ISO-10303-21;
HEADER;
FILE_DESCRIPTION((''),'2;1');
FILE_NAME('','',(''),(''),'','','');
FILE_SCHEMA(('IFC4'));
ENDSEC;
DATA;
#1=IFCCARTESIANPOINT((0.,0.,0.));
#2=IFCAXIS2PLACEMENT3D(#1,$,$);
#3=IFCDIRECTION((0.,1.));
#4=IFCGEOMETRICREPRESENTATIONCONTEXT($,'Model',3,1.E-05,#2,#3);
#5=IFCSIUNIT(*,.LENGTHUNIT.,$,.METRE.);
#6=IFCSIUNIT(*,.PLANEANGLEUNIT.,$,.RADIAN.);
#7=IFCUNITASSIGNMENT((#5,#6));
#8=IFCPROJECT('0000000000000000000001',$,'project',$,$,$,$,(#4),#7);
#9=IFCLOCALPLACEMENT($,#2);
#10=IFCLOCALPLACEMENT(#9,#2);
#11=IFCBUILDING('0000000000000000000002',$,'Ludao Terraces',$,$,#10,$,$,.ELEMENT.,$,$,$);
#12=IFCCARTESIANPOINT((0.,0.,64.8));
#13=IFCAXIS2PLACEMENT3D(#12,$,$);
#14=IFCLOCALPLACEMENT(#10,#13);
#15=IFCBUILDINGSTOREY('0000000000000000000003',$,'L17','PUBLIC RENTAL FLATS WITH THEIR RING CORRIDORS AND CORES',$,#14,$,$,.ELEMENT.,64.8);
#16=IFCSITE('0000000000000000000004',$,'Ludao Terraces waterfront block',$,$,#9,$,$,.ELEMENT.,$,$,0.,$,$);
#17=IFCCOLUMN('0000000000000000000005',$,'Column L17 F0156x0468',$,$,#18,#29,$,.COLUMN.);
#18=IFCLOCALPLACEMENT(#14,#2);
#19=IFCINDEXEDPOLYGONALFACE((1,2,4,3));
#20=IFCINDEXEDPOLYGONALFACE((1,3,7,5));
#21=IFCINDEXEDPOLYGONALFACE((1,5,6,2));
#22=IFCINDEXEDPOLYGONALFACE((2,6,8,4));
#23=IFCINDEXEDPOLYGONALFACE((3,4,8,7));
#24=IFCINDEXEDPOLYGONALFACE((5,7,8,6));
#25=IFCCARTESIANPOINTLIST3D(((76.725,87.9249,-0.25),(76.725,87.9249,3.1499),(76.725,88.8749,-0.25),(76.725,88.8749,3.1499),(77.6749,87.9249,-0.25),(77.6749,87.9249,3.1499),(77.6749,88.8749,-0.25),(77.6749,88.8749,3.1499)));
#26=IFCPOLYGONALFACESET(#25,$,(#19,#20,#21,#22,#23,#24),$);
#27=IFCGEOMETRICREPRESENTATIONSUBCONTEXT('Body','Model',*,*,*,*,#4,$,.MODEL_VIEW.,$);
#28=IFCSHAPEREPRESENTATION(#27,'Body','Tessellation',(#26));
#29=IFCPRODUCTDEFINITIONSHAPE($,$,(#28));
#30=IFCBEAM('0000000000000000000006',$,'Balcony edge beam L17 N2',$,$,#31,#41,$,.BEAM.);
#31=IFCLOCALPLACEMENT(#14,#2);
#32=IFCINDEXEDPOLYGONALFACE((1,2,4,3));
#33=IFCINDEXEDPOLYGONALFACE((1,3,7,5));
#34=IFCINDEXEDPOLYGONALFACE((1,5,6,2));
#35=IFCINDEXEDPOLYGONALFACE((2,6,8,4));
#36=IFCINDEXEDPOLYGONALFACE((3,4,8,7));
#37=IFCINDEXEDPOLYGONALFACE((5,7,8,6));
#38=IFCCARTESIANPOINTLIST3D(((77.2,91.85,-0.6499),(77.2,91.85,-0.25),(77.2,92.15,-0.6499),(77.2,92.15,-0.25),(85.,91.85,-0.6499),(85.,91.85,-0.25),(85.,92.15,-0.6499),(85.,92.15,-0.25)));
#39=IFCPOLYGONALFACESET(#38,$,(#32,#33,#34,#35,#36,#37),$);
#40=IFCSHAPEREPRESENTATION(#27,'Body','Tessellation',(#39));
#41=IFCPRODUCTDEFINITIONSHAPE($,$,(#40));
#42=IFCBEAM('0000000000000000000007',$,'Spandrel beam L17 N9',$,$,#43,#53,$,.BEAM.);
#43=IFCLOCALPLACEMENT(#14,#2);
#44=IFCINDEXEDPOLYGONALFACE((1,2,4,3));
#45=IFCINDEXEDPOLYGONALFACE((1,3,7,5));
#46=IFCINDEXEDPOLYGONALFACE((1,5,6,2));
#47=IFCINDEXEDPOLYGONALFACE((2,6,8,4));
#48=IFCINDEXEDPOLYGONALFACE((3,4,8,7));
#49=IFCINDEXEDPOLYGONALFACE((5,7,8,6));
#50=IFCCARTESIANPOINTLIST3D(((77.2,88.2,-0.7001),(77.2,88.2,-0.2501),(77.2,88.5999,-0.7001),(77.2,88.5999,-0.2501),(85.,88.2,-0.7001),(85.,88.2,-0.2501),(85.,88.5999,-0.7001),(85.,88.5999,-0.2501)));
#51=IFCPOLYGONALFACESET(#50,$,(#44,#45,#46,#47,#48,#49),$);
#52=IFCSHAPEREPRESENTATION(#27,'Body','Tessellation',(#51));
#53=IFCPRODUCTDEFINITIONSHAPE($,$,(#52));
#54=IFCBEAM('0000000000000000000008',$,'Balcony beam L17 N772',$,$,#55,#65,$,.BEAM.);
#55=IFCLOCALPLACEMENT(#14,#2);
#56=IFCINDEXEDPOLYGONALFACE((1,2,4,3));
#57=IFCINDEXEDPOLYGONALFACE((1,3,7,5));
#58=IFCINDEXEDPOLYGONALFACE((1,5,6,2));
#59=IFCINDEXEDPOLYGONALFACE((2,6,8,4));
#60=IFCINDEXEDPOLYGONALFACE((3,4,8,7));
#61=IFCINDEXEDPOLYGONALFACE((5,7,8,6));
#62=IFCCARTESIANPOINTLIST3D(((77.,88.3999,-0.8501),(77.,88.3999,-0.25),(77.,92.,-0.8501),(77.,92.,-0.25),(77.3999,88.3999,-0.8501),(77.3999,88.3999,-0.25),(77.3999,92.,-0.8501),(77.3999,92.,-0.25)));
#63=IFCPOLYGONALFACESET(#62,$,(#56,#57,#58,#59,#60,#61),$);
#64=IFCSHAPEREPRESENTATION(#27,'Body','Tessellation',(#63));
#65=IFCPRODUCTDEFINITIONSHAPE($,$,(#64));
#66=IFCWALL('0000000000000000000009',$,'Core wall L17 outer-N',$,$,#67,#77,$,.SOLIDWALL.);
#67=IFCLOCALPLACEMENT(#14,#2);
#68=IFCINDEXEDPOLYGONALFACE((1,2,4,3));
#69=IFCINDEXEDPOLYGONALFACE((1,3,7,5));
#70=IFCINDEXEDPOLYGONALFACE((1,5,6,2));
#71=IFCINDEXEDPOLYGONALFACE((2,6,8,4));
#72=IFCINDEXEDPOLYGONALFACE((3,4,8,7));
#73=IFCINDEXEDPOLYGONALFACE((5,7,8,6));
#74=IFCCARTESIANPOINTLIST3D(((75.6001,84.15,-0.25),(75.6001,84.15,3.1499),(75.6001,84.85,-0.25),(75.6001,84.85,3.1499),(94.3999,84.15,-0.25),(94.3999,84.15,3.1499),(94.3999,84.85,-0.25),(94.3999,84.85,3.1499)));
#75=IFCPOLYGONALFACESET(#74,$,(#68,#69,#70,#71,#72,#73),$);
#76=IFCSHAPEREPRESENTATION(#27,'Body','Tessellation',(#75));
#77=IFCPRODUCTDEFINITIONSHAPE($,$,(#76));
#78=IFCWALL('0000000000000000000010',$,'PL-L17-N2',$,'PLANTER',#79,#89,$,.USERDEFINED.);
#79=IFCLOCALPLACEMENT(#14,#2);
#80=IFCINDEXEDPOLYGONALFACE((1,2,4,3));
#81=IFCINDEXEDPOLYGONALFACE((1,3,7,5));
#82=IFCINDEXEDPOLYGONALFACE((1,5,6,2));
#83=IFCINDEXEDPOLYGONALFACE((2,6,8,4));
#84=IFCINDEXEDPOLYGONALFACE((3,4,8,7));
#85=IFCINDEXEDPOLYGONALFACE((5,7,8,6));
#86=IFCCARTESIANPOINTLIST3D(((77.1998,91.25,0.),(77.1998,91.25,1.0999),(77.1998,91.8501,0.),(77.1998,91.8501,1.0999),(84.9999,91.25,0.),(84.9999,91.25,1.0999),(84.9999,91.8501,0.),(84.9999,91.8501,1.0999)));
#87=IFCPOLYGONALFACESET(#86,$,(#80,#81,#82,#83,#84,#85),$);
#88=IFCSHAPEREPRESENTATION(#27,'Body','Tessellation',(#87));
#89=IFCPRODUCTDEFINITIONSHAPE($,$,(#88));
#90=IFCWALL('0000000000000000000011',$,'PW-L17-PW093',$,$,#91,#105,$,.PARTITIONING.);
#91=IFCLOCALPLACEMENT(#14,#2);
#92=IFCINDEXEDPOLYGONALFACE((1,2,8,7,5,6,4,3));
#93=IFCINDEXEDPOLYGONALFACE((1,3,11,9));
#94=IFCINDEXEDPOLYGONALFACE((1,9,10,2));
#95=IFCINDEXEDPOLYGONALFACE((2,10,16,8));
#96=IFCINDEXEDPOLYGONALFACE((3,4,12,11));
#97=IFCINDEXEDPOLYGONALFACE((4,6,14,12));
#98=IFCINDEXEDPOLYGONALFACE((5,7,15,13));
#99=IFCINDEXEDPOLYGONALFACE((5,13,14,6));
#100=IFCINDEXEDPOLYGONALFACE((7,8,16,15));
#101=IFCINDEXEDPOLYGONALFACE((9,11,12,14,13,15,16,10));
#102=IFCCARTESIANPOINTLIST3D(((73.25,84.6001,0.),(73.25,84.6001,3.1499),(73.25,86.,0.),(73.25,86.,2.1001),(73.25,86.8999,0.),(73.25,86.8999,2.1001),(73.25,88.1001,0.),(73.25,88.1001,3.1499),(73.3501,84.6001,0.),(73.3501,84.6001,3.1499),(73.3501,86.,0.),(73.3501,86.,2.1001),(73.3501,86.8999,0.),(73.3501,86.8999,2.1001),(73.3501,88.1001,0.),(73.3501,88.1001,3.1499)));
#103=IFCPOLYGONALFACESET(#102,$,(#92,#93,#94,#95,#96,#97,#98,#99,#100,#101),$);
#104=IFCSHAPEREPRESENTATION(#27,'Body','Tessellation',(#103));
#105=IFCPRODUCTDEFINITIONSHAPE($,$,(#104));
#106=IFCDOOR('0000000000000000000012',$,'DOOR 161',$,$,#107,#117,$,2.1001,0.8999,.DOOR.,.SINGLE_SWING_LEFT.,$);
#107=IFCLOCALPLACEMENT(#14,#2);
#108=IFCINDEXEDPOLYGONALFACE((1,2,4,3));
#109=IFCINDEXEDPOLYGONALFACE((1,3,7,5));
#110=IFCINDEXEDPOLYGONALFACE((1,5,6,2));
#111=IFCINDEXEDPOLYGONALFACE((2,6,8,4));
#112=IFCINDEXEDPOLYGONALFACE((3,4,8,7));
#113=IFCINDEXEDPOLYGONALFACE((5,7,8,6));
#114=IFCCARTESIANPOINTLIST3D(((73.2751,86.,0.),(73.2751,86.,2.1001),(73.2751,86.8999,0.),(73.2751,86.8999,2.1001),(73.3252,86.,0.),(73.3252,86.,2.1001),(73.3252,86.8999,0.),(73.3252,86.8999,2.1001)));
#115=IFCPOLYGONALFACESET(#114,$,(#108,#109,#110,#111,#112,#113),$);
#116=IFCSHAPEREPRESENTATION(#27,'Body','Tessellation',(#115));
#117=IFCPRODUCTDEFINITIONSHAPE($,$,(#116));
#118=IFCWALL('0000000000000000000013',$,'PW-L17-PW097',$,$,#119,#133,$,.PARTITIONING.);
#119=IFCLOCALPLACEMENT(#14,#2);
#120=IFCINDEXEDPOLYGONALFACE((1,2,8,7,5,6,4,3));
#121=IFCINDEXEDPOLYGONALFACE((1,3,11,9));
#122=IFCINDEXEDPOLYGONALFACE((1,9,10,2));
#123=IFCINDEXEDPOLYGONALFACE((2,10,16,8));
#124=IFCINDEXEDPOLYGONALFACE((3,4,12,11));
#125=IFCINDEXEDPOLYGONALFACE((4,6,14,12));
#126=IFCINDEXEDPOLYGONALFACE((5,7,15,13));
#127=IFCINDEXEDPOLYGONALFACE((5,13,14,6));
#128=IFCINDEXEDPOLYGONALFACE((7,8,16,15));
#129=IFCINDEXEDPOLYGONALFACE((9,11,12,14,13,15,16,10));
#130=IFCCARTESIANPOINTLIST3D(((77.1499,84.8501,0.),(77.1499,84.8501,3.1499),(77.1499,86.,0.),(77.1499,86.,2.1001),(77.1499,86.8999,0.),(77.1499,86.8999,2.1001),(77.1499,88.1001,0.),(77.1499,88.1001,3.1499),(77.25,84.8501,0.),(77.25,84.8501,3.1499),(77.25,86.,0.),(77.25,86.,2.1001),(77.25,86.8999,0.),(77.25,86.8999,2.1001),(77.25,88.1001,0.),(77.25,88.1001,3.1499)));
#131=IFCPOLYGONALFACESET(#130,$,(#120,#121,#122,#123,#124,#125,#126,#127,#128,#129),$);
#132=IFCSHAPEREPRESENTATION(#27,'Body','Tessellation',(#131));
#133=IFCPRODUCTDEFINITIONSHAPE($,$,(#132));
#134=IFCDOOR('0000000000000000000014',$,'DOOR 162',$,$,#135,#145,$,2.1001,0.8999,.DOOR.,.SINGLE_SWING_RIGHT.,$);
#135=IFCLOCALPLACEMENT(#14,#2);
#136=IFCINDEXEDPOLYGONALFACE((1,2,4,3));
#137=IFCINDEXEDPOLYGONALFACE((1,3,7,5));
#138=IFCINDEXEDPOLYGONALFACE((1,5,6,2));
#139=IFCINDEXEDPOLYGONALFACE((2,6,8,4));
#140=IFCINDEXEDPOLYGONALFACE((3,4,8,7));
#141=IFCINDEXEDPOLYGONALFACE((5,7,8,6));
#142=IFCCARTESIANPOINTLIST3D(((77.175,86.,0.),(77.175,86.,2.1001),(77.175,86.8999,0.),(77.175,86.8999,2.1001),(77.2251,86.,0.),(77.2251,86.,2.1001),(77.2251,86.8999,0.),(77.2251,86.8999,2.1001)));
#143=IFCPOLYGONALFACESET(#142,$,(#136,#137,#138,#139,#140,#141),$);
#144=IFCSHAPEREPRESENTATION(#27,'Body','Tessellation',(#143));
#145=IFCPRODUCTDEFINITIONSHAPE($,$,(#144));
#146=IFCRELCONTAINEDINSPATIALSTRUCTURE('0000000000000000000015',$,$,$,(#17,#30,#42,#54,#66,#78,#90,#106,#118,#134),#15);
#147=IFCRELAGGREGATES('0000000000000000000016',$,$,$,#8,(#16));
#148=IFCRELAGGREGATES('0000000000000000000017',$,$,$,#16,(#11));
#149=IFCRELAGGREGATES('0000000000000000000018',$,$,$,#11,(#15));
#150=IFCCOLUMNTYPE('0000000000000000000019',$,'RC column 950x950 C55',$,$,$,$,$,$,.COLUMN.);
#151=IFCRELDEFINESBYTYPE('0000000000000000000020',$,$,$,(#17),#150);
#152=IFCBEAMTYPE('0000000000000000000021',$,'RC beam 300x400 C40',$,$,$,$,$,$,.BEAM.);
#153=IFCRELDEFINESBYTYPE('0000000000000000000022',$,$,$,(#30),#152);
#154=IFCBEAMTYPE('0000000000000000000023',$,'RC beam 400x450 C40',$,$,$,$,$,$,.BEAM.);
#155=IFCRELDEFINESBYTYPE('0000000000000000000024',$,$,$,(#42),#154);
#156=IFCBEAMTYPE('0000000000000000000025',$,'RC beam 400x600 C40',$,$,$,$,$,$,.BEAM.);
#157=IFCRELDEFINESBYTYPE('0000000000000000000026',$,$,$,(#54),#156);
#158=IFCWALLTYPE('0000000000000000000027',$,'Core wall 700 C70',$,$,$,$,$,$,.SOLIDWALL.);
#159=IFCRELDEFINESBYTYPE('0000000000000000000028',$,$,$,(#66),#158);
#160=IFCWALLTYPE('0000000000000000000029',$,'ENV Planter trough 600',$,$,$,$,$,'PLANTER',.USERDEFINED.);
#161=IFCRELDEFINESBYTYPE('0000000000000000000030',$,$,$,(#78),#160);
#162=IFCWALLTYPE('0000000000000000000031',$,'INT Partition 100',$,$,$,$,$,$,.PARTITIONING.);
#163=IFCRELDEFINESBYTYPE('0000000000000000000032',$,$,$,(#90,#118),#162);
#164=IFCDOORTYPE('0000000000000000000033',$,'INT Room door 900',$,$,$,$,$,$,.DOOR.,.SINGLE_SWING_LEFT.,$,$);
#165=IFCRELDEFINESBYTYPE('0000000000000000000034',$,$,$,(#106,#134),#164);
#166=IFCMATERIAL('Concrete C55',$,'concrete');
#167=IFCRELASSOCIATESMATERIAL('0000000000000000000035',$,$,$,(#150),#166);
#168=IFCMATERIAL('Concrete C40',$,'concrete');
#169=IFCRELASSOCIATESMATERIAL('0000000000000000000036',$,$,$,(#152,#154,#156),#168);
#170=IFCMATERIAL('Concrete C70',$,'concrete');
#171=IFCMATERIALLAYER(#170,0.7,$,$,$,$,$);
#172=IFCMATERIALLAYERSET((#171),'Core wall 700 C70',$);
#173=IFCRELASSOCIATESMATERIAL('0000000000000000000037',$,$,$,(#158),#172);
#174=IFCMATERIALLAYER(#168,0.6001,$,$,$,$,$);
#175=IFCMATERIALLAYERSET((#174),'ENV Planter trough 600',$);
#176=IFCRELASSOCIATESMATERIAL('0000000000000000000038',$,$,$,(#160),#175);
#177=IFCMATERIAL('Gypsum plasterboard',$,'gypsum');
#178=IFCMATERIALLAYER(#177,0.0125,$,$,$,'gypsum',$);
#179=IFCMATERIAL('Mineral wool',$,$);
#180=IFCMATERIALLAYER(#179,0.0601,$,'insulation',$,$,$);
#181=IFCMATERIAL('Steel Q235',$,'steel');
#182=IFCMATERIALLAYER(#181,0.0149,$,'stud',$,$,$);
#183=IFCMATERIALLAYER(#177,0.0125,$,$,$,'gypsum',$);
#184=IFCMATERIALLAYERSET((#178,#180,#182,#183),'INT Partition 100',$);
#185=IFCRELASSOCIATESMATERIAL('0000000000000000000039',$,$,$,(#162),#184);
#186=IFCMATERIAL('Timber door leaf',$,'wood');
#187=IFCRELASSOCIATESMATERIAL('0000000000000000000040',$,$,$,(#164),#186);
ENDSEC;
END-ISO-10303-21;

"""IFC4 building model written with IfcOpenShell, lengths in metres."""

from ifc_helpers import new_model, si_unit, direction, frame, frame_2d, origin, origin_2d, place, context, subcontext, project, spatial, rectangle, extrude, material, layer, layer_set, material_profile, profile_set, type_object, element, fill, save


model = new_model("IFC4")

# Units and contexts
model_context = context("Model", 3, precision=1e-05, world=origin(), true_north=direction((0.0, 1.0)))
body_context = subcontext(model_context, "Body", "Model", "MODEL_VIEW")
ifc_project = project(units=[si_unit("LENGTHUNIT", "METRE"), si_unit("PLANEANGLEUNIT", "RADIAN")], contexts=[model_context])

# Site, building, storey
site_placement = place(None, origin())
site = spatial("IfcSite", under=ifc_project, at=site_placement, Name="Ludao Terraces waterfront block", CompositionType="ELEMENT", RefElevation=0.0)
building_placement = place(site_placement, origin())
building = spatial("IfcBuilding", under=site, at=building_placement, Name="Ludao Terraces", CompositionType="ELEMENT")
storey_placement = place(building_placement, frame((0.0, 0.0, 64.8)))
storey = spatial("IfcBuildingStorey", under=building, at=storey_placement, Name="L17", Description="PUBLIC RENTAL FLATS WITH THEIR RING CORRIDORS AND CORES", CompositionType="ELEMENT", Elevation=64.8)

# Column
ifc_material_1 = material(Name="Concrete C55", Category="concrete")
ifc_material_profile_1 = material_profile(ifc_material_1, rectangle(XDim=0.95, YDim=0.95, at=origin_2d()), Name="950 X 950")
ifc_profile_set_1 = profile_set([ifc_material_profile_1], Name="Concrete C55")
column_type = type_object("IfcColumnType", Name="RC column 950x950 C55", PredefinedType="COLUMN", material=ifc_profile_set_1)
column_placement = place(storey_placement, frame((77.2, 88.3999, -0.25), z_axis=(0.0, 0.0, 1.0), x_axis=(1.0, 0.0, 0.0)))
element("IfcColumn", 1, at=column_placement, inside=storey, type_object=column_type, Name="Column L17 F0156x0468", PredefinedType="COLUMN", context=body_context, shape_type="SweptSolid", body=[
    extrude(rectangle(XDim=0.95, YDim=0.95, at=origin_2d()), origin(), (0.0, 0.0, 1.0), 3.3999),
])

# Beams
ifc_material_2 = material(Name="Concrete C40", Category="concrete")
ifc_material_profile_2 = material_profile(ifc_material_2, rectangle(XDim=0.3, YDim=0.3999, at=origin_2d()), Name="300 X 400")
ifc_profile_set_2 = profile_set([ifc_material_profile_2], Name="Concrete C40")
beam_type_1 = type_object("IfcBeamType", Name="RC beam 300x400 C40", PredefinedType="BEAM", material=ifc_profile_set_2)
beam_1_placement = place(storey_placement, frame((77.2, 92.0, -0.45), z_axis=(1.0, 0.0, 0.0), x_axis=(0.0, 1.0, 0.0)))
element("IfcBeam", 2, at=beam_1_placement, inside=storey, type_object=beam_type_1, Name="Balcony edge beam L17 N2", PredefinedType="BEAM", context=body_context, shape_type="SweptSolid", body=[
    extrude(rectangle(XDim=0.3, YDim=0.3999, at=origin_2d()), origin(), (0.0, 0.0, 1.0), 7.8),
])
ifc_material_profile_3 = material_profile(ifc_material_2, rectangle(XDim=0.3999, YDim=0.45, at=origin_2d()), Name="400 X 450")
ifc_profile_set_3 = profile_set([ifc_material_profile_3], Name="Concrete C40")
beam_type_2 = type_object("IfcBeamType", Name="RC beam 400x450 C40", PredefinedType="BEAM", material=ifc_profile_set_3)
beam_2_placement = place(storey_placement, frame((77.2, 88.3999, -0.4751), z_axis=(1.0, 0.0, 0.0), x_axis=(0.0, 1.0, 0.0)))
element("IfcBeam", 3, at=beam_2_placement, inside=storey, type_object=beam_type_2, Name="Spandrel beam L17 N9", PredefinedType="BEAM", context=body_context, shape_type="SweptSolid", body=[
    extrude(rectangle(XDim=0.3999, YDim=0.45, at=origin_2d()), origin(), (0.0, 0.0, 1.0), 7.8),
])
ifc_material_profile_4 = material_profile(ifc_material_2, rectangle(XDim=0.3999, YDim=0.6001, at=origin_2d()), Name="400 X 600")
ifc_profile_set_4 = profile_set([ifc_material_profile_4], Name="Concrete C40")
beam_type_3 = type_object("IfcBeamType", Name="RC beam 400x600 C40", PredefinedType="BEAM", material=ifc_profile_set_4)
beam_3_placement = place(storey_placement, frame((77.2, 88.3999, -0.55), z_axis=(0.0, 1.0, 0.0), x_axis=(-1.0, 0.0, 0.0)))
element("IfcBeam", 4, at=beam_3_placement, inside=storey, type_object=beam_type_3, Name="Balcony beam L17 N772", PredefinedType="BEAM", context=body_context, shape_type="SweptSolid", body=[
    extrude(rectangle(XDim=0.3999, YDim=0.6001, at=origin_2d()), origin(), (0.0, 0.0, 1.0), 3.6001),
])

# Walls
ifc_material_3 = material(Name="Concrete C70", Category="concrete")
ifc_layer_1 = layer(ifc_material_3, 0.7)
ifc_layer_set_1 = layer_set([ifc_layer_1], Name="Core wall 700 C70")
wall_type_1 = type_object("IfcWallType", Name="Core wall 700 C70", PredefinedType="SOLIDWALL", material=ifc_layer_set_1)
wall_1_placement = place(storey_placement, frame((75.6001, 84.5, -0.25), z_axis=(0.0, 0.0, 1.0), x_axis=(1.0, 0.0, 0.0)))
element("IfcWall", 5, at=wall_1_placement, inside=storey, type_object=wall_type_1, Name="Core wall L17 outer-N", PredefinedType="SOLIDWALL", context=body_context, shape_type="SweptSolid", body=[
    extrude(rectangle(XDim=18.7998, YDim=0.7, at=frame_2d((9.3999, 0.0))), origin(), (0.0, 0.0, 1.0), 3.3999),
])
ifc_layer_2 = layer(ifc_material_2, 0.6001)
ifc_layer_set_2 = layer_set([ifc_layer_2], Name="ENV Planter trough 600")
wall_type_2 = type_object("IfcWallType", Name="ENV Planter trough 600", ElementType="PLANTER", PredefinedType="USERDEFINED", material=ifc_layer_set_2)
wall_2_placement = place(storey_placement, frame((77.2, 91.55, 0.0), z_axis=(0.0, 0.0, 1.0), x_axis=(1.0, 0.0, 0.0)))
element("IfcWall", 6, at=wall_2_placement, inside=storey, type_object=wall_type_2, Name="PL-L17-N2", ObjectType="PLANTER", PredefinedType="USERDEFINED", context=body_context, shape_type="SweptSolid", body=[
    extrude(rectangle(XDim=7.8, YDim=0.6001, at=frame_2d((3.8999, 0.0))), origin(), (0.0, 0.0, 1.0), 1.0999),
])

# Shared definitions
ifc_material_4 = material(Name="Mineral wool")

# Walls, openings, doors
ifc_material_5 = material(Name="Gypsum plasterboard", Category="gypsum")
ifc_layer_3 = layer(ifc_material_5, 0.0125, Category="gypsum")
ifc_layer_4 = layer(ifc_material_4, 0.0601, Name="insulation")
ifc_material_6 = material(Name="Steel Q235", Category="steel")
ifc_layer_5 = layer(ifc_material_6, 0.0149, Name="stud")
ifc_layer_6 = layer(ifc_material_5, 0.0125, Category="gypsum")
ifc_layer_set_3 = layer_set([ifc_layer_3, ifc_layer_4, ifc_layer_5, ifc_layer_6], Name="INT Partition 100")
wall_type_3 = type_object("IfcWallType", Name="INT Partition 100", PredefinedType="PARTITIONING", material=ifc_layer_set_3)
wall_3_placement = place(storey_placement, frame((73.3, 84.6001, 0.0), z_axis=(0.0, 0.0, 1.0), x_axis=(0.0, 1.0, 0.0)))
wall_3 = element("IfcWall", 7, at=wall_3_placement, inside=storey, type_object=wall_type_3, Name="PW-L17-PW093", PredefinedType="PARTITIONING", context=body_context, shape_type="SweptSolid", body=[
    extrude(rectangle(XDim=3.5, YDim=0.1001, at=frame_2d((1.75, 0.0))), origin(), (0.0, 0.0, 1.0), 3.1499),
])
opening_1_placement = place(wall_3_placement, frame((1.3999, 0.0, 0.0)))
opening_1 = element("IfcOpeningElement", 8, at=opening_1_placement, cuts=wall_3, PredefinedType="OPENING", context=body_context, shape_type="SweptSolid", body=[
    extrude(rectangle(XDim=0.8999, YDim=2.1001, at=frame_2d((0.45, 1.05))), frame((0.0, 0.0601, 0.0), z_axis=(0.0, -1.0, 0.0), x_axis=(1.0, 0.0, 0.0)), (0.0, 0.0, 1.0), 0.1201),
])
ifc_material_7 = material(Name="Timber door leaf", Category="wood")
door_type_1 = type_object("IfcDoorType", Name="INT Room door 900", OperationType="SINGLE_SWING_LEFT", PredefinedType="DOOR", material=ifc_material_7)
door_1_placement = place(opening_1_placement, origin())
door_1 = element("IfcDoor", 9, at=door_1_placement, inside=storey, type_object=door_type_1, Name="DOOR 161", OperationType="SINGLE_SWING_LEFT", OverallHeight=2.1001, OverallWidth=0.8999, PredefinedType="DOOR", context=body_context, shape_type="SweptSolid", body=[
    extrude(rectangle(XDim=0.8999, YDim=2.1001, at=frame_2d((0.45, 1.05))), frame((0.0, 0.0249, 0.0), z_axis=(0.0, -1.0, 0.0), x_axis=(1.0, 0.0, 0.0)), (0.0, 0.0, 1.0), 0.05),
])
fill(opening_1, door_1)
wall_4_placement = place(storey_placement, frame((77.2, 84.8501, 0.0), z_axis=(0.0, 0.0, 1.0), x_axis=(0.0, 1.0, 0.0)))
wall_4 = element("IfcWall", 10, at=wall_4_placement, inside=storey, type_object=wall_type_3, Name="PW-L17-PW097", PredefinedType="PARTITIONING", context=body_context, shape_type="SweptSolid", body=[
    extrude(rectangle(XDim=3.25, YDim=0.1001, at=frame_2d((1.625, 0.0))), origin(), (0.0, 0.0, 1.0), 3.1499),
])
opening_2_placement = place(wall_4_placement, frame((1.1499, 0.0, 0.0)))
opening_2 = element("IfcOpeningElement", 11, at=opening_2_placement, cuts=wall_4, PredefinedType="OPENING", context=body_context, shape_type="SweptSolid", body=[
    extrude(rectangle(XDim=0.8999, YDim=2.1001, at=frame_2d((0.45, 1.05))), frame((0.0, 0.0601, 0.0), z_axis=(0.0, -1.0, 0.0), x_axis=(1.0, 0.0, 0.0)), (0.0, 0.0, 1.0), 0.1201),
])
door_2_placement = place(opening_2_placement, origin())
door_2 = element("IfcDoor", 12, at=door_2_placement, inside=storey, type_object=door_type_1, Name="DOOR 162", OperationType="SINGLE_SWING_RIGHT", OverallHeight=2.1001, OverallWidth=0.8999, PredefinedType="DOOR", context=body_context, shape_type="SweptSolid", body=[
    extrude(rectangle(XDim=0.8999, YDim=2.1001, at=frame_2d((0.45, 1.05))), frame((0.0, 0.0249, 0.0), z_axis=(0.0, -1.0, 0.0), x_axis=(1.0, 0.0, 0.0)), (0.0, 0.0, 1.0), 0.05),
])
fill(opening_2, door_2)

save(model, "model.ifc")
